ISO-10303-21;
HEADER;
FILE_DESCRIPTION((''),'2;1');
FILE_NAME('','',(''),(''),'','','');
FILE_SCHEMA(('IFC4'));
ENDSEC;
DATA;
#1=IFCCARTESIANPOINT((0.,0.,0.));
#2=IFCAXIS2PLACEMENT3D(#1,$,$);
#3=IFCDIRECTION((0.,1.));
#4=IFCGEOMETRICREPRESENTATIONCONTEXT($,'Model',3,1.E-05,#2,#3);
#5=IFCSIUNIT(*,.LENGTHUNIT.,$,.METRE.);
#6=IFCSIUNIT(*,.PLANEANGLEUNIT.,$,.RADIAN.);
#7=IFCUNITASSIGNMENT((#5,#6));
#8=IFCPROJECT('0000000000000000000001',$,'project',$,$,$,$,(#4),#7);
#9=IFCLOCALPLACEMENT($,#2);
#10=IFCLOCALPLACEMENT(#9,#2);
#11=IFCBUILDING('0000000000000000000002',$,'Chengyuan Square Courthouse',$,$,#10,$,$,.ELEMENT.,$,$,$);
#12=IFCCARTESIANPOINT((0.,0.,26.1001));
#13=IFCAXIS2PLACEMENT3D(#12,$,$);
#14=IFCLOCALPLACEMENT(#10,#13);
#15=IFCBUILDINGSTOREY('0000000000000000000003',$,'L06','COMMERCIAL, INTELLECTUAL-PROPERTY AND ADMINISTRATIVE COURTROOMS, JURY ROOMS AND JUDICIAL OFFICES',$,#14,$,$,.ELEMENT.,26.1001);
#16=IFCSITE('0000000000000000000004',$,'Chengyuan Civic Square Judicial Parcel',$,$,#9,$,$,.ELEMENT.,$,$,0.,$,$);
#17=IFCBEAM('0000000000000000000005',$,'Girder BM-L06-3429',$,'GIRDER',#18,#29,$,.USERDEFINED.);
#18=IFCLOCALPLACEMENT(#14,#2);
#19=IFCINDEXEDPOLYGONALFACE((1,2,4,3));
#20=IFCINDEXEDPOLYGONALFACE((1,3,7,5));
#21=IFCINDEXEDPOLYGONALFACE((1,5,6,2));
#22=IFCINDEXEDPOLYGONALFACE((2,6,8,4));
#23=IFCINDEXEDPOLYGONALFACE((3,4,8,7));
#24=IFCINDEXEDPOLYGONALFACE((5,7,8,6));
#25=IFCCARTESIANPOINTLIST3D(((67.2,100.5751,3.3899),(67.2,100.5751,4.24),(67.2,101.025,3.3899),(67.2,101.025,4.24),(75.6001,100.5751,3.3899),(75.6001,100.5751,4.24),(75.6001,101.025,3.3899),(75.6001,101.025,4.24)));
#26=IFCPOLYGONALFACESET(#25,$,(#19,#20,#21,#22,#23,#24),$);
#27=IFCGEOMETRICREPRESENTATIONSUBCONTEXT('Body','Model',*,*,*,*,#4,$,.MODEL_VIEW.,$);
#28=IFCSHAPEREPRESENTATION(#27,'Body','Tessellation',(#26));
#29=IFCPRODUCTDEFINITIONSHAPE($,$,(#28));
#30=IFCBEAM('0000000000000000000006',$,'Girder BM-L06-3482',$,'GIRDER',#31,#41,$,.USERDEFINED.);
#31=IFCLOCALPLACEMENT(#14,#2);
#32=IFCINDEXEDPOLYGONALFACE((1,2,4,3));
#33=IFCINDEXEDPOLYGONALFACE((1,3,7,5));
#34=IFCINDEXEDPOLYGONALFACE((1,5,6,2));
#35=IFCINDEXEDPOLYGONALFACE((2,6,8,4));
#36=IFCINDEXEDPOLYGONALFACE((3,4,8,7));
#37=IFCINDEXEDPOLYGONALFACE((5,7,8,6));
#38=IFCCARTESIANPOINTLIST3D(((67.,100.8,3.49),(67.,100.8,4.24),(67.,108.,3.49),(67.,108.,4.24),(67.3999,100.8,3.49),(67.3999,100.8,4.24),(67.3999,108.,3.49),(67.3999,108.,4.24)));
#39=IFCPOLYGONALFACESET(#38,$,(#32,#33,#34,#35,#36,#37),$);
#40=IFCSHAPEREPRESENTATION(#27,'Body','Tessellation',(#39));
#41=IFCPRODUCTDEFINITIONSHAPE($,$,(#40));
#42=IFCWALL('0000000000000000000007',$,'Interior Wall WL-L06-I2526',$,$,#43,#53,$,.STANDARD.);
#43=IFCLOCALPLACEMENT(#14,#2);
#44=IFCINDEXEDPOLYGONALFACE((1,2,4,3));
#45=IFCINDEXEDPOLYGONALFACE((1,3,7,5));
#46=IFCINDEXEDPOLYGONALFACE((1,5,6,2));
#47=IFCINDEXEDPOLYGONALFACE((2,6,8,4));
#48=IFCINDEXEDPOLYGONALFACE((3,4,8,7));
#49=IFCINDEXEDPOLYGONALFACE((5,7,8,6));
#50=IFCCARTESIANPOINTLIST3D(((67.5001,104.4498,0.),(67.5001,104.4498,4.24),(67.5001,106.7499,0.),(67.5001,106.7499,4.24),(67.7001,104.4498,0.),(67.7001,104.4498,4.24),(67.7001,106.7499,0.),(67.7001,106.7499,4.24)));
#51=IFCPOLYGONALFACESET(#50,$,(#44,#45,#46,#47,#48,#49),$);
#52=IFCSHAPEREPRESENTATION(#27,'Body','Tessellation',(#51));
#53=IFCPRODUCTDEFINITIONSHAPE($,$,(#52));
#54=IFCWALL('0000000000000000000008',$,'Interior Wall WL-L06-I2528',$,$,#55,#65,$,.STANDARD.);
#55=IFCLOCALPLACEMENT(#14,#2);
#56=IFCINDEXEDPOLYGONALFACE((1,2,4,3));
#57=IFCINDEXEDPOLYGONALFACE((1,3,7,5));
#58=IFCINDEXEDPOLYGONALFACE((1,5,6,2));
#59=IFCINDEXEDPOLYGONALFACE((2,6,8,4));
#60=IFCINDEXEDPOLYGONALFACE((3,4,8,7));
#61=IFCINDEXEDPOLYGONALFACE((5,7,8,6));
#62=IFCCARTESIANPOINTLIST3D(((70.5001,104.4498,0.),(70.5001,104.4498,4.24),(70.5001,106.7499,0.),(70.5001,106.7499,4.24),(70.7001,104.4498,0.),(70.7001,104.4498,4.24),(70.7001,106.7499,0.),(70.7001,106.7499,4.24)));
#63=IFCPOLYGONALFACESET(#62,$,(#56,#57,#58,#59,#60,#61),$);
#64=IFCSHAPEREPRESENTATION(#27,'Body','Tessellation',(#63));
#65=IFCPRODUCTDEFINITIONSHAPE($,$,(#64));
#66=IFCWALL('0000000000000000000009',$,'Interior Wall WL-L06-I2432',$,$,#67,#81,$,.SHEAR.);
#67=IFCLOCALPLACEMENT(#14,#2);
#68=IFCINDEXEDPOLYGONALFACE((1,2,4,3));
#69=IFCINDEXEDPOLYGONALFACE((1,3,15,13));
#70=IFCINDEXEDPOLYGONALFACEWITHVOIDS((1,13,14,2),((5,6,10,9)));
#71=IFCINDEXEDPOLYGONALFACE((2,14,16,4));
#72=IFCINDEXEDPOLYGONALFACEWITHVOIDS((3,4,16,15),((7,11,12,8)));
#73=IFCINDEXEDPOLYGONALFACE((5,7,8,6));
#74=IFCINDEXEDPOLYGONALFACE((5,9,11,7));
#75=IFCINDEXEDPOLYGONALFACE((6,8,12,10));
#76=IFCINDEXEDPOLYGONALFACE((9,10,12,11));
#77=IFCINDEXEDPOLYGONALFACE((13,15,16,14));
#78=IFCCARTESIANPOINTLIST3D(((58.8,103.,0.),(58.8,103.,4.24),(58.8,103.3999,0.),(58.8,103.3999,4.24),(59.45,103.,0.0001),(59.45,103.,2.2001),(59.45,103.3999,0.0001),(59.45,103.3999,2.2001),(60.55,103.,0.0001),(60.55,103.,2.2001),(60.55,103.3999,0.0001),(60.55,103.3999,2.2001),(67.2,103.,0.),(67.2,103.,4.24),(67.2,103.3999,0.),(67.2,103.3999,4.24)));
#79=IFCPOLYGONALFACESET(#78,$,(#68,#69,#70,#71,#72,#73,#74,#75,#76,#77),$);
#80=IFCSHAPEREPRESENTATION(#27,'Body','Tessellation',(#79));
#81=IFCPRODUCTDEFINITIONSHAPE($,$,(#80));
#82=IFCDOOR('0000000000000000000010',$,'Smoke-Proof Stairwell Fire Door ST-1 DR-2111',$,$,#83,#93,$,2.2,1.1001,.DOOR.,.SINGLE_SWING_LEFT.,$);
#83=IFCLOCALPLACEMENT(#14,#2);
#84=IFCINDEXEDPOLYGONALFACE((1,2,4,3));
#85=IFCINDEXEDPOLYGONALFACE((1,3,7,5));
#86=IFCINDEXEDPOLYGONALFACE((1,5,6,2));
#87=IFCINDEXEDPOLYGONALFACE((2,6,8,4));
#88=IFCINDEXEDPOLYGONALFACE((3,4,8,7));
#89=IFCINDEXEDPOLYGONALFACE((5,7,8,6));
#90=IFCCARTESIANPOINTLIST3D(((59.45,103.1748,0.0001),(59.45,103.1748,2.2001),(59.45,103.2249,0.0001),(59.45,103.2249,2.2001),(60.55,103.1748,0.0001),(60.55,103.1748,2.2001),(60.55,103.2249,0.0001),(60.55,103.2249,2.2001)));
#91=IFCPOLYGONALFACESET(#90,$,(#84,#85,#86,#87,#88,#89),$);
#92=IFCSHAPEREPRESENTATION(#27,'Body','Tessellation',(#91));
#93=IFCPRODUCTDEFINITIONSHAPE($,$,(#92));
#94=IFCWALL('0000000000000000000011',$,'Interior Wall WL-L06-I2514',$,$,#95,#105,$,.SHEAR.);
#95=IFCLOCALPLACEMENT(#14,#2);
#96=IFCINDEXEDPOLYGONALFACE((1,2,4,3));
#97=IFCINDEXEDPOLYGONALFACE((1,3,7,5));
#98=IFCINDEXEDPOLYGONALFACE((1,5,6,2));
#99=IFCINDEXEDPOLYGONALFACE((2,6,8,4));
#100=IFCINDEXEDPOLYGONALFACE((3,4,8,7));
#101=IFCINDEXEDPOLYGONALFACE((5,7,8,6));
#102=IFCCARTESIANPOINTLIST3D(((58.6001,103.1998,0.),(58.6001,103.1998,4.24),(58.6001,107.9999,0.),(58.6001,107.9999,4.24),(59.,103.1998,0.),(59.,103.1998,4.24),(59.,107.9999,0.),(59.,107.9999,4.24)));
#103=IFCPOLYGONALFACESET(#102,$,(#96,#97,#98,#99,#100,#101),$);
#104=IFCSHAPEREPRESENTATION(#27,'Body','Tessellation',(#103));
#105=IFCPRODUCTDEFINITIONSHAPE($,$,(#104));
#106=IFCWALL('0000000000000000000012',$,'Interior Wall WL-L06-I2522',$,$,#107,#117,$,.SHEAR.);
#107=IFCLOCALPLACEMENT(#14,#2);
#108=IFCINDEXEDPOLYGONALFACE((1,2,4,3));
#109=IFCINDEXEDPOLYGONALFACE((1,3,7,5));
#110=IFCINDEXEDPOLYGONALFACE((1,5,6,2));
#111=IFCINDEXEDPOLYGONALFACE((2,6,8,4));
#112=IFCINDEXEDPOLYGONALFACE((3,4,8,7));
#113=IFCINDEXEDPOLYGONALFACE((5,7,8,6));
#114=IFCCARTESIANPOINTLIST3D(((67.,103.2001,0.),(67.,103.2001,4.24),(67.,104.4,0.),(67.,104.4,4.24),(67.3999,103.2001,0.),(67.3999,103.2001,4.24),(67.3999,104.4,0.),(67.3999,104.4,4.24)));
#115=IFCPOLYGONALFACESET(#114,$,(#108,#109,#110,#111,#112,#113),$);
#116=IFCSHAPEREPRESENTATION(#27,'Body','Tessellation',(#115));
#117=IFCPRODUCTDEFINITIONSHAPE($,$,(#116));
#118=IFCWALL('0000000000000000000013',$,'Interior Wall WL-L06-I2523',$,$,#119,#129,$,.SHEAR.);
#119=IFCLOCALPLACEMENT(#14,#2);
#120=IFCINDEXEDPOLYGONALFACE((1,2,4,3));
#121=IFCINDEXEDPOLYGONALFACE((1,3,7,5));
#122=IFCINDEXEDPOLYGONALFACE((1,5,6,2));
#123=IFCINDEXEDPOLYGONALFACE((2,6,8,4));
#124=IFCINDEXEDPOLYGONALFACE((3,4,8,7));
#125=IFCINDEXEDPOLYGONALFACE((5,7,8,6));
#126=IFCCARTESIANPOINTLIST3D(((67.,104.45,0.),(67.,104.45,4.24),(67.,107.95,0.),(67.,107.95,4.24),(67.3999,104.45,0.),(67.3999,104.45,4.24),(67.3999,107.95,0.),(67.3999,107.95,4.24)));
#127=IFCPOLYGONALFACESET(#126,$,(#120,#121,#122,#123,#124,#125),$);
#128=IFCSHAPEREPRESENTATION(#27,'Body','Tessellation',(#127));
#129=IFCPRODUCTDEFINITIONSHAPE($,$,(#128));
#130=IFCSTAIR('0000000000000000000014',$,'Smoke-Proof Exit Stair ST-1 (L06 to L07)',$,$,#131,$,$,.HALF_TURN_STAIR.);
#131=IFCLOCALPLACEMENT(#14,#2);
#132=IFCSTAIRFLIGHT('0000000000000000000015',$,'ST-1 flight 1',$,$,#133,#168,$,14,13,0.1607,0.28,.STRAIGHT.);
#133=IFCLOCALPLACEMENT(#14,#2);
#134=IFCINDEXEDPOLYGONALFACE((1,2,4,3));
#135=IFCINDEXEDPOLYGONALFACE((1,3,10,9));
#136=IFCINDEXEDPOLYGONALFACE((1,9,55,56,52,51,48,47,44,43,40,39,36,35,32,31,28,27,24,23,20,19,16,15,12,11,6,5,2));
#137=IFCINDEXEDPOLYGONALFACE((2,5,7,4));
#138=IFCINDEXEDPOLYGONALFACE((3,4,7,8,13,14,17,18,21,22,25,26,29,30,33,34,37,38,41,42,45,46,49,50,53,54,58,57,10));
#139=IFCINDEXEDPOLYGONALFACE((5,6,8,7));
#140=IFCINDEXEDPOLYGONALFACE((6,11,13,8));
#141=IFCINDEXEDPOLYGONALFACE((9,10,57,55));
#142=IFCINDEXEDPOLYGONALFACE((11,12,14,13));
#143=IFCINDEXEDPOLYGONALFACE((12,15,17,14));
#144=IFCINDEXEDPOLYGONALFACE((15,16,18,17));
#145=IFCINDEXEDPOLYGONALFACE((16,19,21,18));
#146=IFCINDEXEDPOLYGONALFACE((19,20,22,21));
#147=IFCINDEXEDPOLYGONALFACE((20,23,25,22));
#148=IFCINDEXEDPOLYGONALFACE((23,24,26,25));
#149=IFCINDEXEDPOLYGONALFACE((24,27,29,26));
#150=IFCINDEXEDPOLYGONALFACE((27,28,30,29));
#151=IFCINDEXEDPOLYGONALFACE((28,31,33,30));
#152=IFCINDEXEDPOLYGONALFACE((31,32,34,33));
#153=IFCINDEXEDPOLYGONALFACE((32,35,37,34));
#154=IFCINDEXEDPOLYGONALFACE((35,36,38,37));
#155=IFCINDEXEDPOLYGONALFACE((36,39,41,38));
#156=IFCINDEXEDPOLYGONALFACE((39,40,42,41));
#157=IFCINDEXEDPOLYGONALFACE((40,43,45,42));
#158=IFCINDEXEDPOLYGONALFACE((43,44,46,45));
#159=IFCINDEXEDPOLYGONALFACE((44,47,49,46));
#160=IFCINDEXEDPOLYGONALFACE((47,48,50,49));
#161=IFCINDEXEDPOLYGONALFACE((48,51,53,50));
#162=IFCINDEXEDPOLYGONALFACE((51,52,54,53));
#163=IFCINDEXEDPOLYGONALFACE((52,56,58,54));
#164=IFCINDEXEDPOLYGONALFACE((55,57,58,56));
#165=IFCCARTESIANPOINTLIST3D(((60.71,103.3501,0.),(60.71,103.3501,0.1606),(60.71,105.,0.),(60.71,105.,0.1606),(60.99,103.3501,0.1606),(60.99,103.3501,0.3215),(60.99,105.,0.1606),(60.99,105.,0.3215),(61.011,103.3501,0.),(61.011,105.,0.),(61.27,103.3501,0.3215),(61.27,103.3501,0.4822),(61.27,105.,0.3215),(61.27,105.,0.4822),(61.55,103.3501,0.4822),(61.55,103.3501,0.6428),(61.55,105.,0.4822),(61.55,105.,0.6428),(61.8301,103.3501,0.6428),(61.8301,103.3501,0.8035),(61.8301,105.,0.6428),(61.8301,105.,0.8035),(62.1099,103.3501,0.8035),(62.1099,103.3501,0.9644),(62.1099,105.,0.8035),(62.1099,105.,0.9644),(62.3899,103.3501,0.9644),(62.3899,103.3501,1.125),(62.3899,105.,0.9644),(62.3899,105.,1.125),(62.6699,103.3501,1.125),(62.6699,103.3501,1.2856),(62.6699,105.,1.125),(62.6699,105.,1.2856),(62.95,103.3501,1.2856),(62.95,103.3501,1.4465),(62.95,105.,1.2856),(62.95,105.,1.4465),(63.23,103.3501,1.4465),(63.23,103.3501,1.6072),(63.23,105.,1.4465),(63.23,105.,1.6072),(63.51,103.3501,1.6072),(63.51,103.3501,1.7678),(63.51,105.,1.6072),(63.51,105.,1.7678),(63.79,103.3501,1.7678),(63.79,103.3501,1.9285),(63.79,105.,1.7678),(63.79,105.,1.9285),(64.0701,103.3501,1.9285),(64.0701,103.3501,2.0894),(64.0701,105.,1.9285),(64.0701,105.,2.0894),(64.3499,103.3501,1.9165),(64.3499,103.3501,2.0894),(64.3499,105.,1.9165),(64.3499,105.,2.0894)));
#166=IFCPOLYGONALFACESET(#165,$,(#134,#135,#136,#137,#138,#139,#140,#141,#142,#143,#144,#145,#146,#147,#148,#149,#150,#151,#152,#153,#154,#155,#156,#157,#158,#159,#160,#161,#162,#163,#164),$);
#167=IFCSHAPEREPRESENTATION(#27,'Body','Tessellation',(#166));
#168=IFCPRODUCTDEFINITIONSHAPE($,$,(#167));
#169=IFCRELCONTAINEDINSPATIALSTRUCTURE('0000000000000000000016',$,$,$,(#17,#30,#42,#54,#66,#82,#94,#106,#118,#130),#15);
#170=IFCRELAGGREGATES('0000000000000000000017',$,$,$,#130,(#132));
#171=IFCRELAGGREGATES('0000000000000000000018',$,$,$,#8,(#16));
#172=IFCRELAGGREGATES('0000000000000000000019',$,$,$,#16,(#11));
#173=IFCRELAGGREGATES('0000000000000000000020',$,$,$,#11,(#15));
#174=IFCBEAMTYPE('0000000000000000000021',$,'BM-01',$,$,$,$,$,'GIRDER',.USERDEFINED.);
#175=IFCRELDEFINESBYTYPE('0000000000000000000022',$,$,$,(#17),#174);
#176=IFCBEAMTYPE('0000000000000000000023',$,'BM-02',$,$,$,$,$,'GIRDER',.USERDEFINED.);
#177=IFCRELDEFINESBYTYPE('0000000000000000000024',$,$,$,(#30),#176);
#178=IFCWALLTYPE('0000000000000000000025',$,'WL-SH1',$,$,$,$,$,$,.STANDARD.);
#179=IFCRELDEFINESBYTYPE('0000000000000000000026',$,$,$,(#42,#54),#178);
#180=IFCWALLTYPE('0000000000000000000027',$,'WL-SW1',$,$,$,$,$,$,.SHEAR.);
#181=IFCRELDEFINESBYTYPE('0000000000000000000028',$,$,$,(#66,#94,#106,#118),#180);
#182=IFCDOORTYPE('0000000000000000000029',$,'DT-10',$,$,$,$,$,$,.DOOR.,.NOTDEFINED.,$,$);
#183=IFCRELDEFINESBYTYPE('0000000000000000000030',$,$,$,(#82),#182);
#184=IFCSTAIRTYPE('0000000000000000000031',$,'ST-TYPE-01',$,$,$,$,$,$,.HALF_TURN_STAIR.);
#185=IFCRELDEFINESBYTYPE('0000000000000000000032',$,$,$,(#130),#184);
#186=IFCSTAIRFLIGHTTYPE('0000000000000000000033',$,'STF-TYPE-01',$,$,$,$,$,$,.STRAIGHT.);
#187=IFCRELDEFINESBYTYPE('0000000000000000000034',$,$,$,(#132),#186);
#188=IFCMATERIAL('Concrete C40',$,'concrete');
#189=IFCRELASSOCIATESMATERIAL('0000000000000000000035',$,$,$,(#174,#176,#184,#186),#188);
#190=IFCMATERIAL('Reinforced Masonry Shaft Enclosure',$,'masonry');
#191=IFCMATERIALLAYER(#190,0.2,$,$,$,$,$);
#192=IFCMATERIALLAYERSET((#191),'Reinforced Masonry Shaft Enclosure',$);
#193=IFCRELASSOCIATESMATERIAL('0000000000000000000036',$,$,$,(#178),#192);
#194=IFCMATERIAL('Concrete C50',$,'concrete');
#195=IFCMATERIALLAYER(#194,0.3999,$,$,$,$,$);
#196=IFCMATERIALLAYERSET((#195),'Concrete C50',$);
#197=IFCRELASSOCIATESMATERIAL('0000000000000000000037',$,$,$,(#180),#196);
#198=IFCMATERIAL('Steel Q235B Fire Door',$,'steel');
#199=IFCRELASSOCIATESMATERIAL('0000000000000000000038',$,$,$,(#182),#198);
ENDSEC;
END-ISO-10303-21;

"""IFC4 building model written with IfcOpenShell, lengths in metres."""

from ifc_helpers import new_model, si_unit, direction, frame, frame_2d, origin, origin_2d, place, context, subcontext, project, spatial, polyline, rectangle, outline, extrude, material, layer, layer_set, material_profile, profile_set, type_object, element, fill, aggregate, save


model = new_model("IFC4")

# Units and contexts
model_context = context("Model", 3, precision=1e-05, world=origin(), true_north=direction((0.0, 1.0)))
body_context = subcontext(model_context, "Body", "Model", "MODEL_VIEW")
ifc_project = project(units=[si_unit("LENGTHUNIT", "METRE"), si_unit("PLANEANGLEUNIT", "RADIAN")], contexts=[model_context])

# Site, building, storey
site_placement = place(None, origin())
site = spatial("IfcSite", under=ifc_project, at=site_placement, Name="Chengyuan Civic Square Judicial Parcel", CompositionType="ELEMENT", RefElevation=0.0)
building_placement = place(site_placement, origin())
building = spatial("IfcBuilding", under=site, at=building_placement, Name="Chengyuan Square Courthouse", CompositionType="ELEMENT")
storey_placement = place(building_placement, frame((0.0, 0.0, 26.1001)))
storey = spatial("IfcBuildingStorey", under=building, at=storey_placement, Name="L06", Description="COMMERCIAL, INTELLECTUAL-PROPERTY AND ADMINISTRATIVE COURTROOMS, JURY ROOMS AND JUDICIAL OFFICES", CompositionType="ELEMENT", Elevation=26.1001)

# Beams
ifc_material_1 = material(Name="Concrete C40", Category="concrete")
ifc_material_profile_1 = material_profile(ifc_material_1, rectangle(XDim=0.45, YDim=0.8501, at=origin_2d()), Name="RC-BM-450x850")
ifc_profile_set_1 = profile_set([ifc_material_profile_1], Name="Concrete C40")
beam_type_1 = type_object("IfcBeamType", Name="BM-01", ElementType="GIRDER", PredefinedType="USERDEFINED", material=ifc_profile_set_1)
beam_1_placement = place(storey_placement, frame((67.2, 100.8, 3.8149), z_axis=(1.0, 0.0, 0.0), x_axis=(0.0, 1.0, 0.0)))
element("IfcBeam", 1, at=beam_1_placement, inside=storey, type_object=beam_type_1, Name="Girder BM-L06-3429", ObjectType="GIRDER", PredefinedType="USERDEFINED", context=body_context, shape_type="SweptSolid", body=[
    extrude(rectangle(XDim=0.45, YDim=0.8501, at=origin_2d()), origin(), (0.0, 0.0, 1.0), 8.4001),
])
ifc_material_profile_2 = material_profile(ifc_material_1, rectangle(XDim=0.3999, YDim=0.75, at=origin_2d()), Name="RC-BM-400x750")
ifc_profile_set_2 = profile_set([ifc_material_profile_2], Name="Concrete C40")
beam_type_2 = type_object("IfcBeamType", Name="BM-02", ElementType="GIRDER", PredefinedType="USERDEFINED", material=ifc_profile_set_2)
beam_2_placement = place(storey_placement, frame((67.2, 100.8, 3.865), z_axis=(0.0, 1.0, 0.0), x_axis=(-1.0, 0.0, 0.0)))
element("IfcBeam", 2, at=beam_2_placement, inside=storey, type_object=beam_type_2, Name="Girder BM-L06-3482", ObjectType="GIRDER", PredefinedType="USERDEFINED", context=body_context, shape_type="SweptSolid", body=[
    extrude(rectangle(XDim=0.3999, YDim=0.75, at=origin_2d()), origin(), (0.0, 0.0, 1.0), 7.2),
])

# Shared definitions
ifc_material_2 = material(Name="Steel Q235B Fire Door", Category="steel")
ifc_material_3 = material(Name="Reinforced Masonry Shaft Enclosure", Category="masonry")
ifc_layer_1 = layer(ifc_material_3, 0.2)
ifc_layer_set_1 = layer_set([ifc_layer_1], Name="Reinforced Masonry Shaft Enclosure")
wall_type_1 = type_object("IfcWallType", Name="WL-SH1", PredefinedType="STANDARD", material=ifc_layer_set_1)

# Walls
for number, where, z_axis, x_axis, name in (
    (3, (67.6001, 104.45, 0.0), (0.0, 0.0, 1.0), (0.0, 1.0, 0.0), "Interior Wall WL-L06-I2526"),
    (4, (70.6001, 104.45, 0.0), (0.0, 0.0, 1.0), (0.0, 1.0, 0.0), "Interior Wall WL-L06-I2528"),
):
    element("IfcWall", number, at=place(storey_placement, frame(where, z_axis=z_axis, x_axis=x_axis)), inside=storey, type_object=wall_type_1, Name=name, PredefinedType="STANDARD", context=body_context, shape_type="SweptSolid", body=[
        extrude(rectangle(XDim=2.3, YDim=0.2, at=frame_2d((1.1499, 0.0))), origin(), (0.0, 0.0, 1.0), 4.24),
    ])

# Wall, opening, door
ifc_material_4 = material(Name="Concrete C50", Category="concrete")
ifc_layer_2 = layer(ifc_material_4, 0.3999)
ifc_layer_set_2 = layer_set([ifc_layer_2], Name="Concrete C50")
wall_type_2 = type_object("IfcWallType", Name="WL-SW1", PredefinedType="SHEAR", material=ifc_layer_set_2)
wall_1_placement = place(storey_placement, frame((58.8, 103.2, 0.0), z_axis=(0.0, 0.0, 1.0), x_axis=(1.0, 0.0, 0.0)))
wall_1 = element("IfcWall", 5, at=wall_1_placement, inside=storey, type_object=wall_type_2, Name="Interior Wall WL-L06-I2432", PredefinedType="SHEAR", context=body_context, shape_type="SweptSolid", body=[
    extrude(rectangle(XDim=8.3999, YDim=0.3999, at=frame_2d((4.2, 0.0))), origin(), (0.0, 0.0, 1.0), 4.24),
])
opening_1_placement = place(wall_1_placement, frame((0.6499, 0.0, 0.0)))
opening_1 = element("IfcOpeningElement", 6, at=opening_1_placement, cuts=wall_1, PredefinedType="OPENING", context=body_context, shape_type="SweptSolid", body=[
    extrude(rectangle(XDim=1.1001, YDim=2.2, at=frame_2d((0.55, 1.1001))), frame((0.0, 0.2119, 0.0), z_axis=(0.0, -1.0, 0.0), x_axis=(1.0, 0.0, 0.0)), (0.0, 0.0, 1.0), 0.4238),
])
door_type_1 = type_object("IfcDoorType", Name="DT-10", OperationType="NOTDEFINED", PredefinedType="DOOR", material=ifc_material_2)
door_1_placement = place(opening_1_placement, origin())
door_1 = element("IfcDoor", 7, at=door_1_placement, inside=storey, type_object=door_type_1, Name="Smoke-Proof Stairwell Fire Door ST-1 DR-2111", OperationType="SINGLE_SWING_LEFT", OverallHeight=2.2, OverallWidth=1.1001, PredefinedType="DOOR", context=body_context, shape_type="SweptSolid", body=[
    extrude(rectangle(XDim=1.1001, YDim=2.2, at=frame_2d((0.55, 1.1001))), frame((0.0, 0.0249, 0.0), z_axis=(0.0, -1.0, 0.0), x_axis=(1.0, 0.0, 0.0)), (0.0, 0.0, 1.0), 0.05),
])
fill(opening_1, door_1)

# Walls
wall_2_placement = place(storey_placement, frame((58.8, 103.2, 0.0), z_axis=(0.0, 0.0, 1.0), x_axis=(0.0, 1.0, 0.0)))
element("IfcWall", 8, at=wall_2_placement, inside=storey, type_object=wall_type_2, Name="Interior Wall WL-L06-I2514", PredefinedType="SHEAR", context=body_context, shape_type="SweptSolid", body=[
    extrude(rectangle(XDim=4.8, YDim=0.3999, at=frame_2d((2.3999, 0.0))), origin(), (0.0, 0.0, 1.0), 4.24),
])
wall_3_placement = place(storey_placement, frame((67.2, 103.2, 0.0), z_axis=(0.0, 0.0, 1.0), x_axis=(0.0, 1.0, 0.0)))
element("IfcWall", 9, at=wall_3_placement, inside=storey, type_object=wall_type_2, Name="Interior Wall WL-L06-I2522", PredefinedType="SHEAR", context=body_context, shape_type="SweptSolid", body=[
    extrude(rectangle(XDim=1.2, YDim=0.3999, at=frame_2d((0.6001, 0.0))), origin(), (0.0, 0.0, 1.0), 4.24),
])
wall_4_placement = place(storey_placement, frame((67.2, 104.45, 0.0), z_axis=(0.0, 0.0, 1.0), x_axis=(0.0, 1.0, 0.0)))
element("IfcWall", 10, at=wall_4_placement, inside=storey, type_object=wall_type_2, Name="Interior Wall WL-L06-I2523", PredefinedType="SHEAR", context=body_context, shape_type="SweptSolid", body=[
    extrude(rectangle(XDim=3.5, YDim=0.3999, at=frame_2d((1.75, 0.0))), origin(), (0.0, 0.0, 1.0), 4.24),
])

# Stair, stair flight
stair_type = type_object("IfcStairType", Name="ST-TYPE-01", PredefinedType="HALF_TURN_STAIR", material=ifc_material_1)
stair_placement = place(storey_placement, origin())
stair = element("IfcStair", 11, at=stair_placement, inside=storey, type_object=stair_type, Name="Smoke-Proof Exit Stair ST-1 (L06 to L07)", PredefinedType="HALF_TURN_STAIR")
stair_flight_type = type_object("IfcStairFlightType", Name="STF-TYPE-01", PredefinedType="STRAIGHT", material=ifc_material_1)
stair_flight_placement = place(storey_placement, frame((60.71, 104.175, 0.0), z_axis=(0.0, 0.0, 1.0), x_axis=(1.0, 0.0, 0.0)))
stair_flight = element("IfcStairFlight", 12, at=stair_flight_placement, type_object=stair_flight_type, Name="ST-1 flight 1", NumberOfRisers=14, NumberOfTreads=13, PredefinedType="STRAIGHT", RiserHeight=0.1607, TreadLength=0.28, context=body_context, shape_type="SweptSolid", body=[
    extrude(outline(polyline([(0.0, 0.0), (0.0, 0.1606), (0.28, 0.1606), (0.28, 0.3215), (0.5601, 0.3215), (0.5601, 0.4822), (0.8401, 0.4822), (0.8401, 0.6428), (1.1201, 0.6428), (1.1201, 0.8035), (1.3999, 0.8035), (1.3999, 0.9644), (1.6799, 0.9644), (1.6799, 1.125), (1.96, 1.125), (1.96, 1.2856), (2.24, 1.2856), (2.24, 1.4465), (2.52, 1.4465), (2.52, 1.6072), (2.8, 1.6072), (2.8, 1.7678), (3.0801, 1.7678), (3.0801, 1.9285), (3.3601, 1.9285), (3.3601, 2.0894), (3.6399, 2.0894), (3.6399, 2.25), (3.6399, 1.9165), (0.301, 0.0), (0.0, 0.0)])), frame((0.0, 0.825, 0.0), z_axis=(0.0, -1.0, 0.0), x_axis=(1.0, 0.0, 0.0)), (0.0, 0.0, 1.0), 1.6499),
])
aggregate(stair, [stair_flight])

save(model, "model.ifc")
